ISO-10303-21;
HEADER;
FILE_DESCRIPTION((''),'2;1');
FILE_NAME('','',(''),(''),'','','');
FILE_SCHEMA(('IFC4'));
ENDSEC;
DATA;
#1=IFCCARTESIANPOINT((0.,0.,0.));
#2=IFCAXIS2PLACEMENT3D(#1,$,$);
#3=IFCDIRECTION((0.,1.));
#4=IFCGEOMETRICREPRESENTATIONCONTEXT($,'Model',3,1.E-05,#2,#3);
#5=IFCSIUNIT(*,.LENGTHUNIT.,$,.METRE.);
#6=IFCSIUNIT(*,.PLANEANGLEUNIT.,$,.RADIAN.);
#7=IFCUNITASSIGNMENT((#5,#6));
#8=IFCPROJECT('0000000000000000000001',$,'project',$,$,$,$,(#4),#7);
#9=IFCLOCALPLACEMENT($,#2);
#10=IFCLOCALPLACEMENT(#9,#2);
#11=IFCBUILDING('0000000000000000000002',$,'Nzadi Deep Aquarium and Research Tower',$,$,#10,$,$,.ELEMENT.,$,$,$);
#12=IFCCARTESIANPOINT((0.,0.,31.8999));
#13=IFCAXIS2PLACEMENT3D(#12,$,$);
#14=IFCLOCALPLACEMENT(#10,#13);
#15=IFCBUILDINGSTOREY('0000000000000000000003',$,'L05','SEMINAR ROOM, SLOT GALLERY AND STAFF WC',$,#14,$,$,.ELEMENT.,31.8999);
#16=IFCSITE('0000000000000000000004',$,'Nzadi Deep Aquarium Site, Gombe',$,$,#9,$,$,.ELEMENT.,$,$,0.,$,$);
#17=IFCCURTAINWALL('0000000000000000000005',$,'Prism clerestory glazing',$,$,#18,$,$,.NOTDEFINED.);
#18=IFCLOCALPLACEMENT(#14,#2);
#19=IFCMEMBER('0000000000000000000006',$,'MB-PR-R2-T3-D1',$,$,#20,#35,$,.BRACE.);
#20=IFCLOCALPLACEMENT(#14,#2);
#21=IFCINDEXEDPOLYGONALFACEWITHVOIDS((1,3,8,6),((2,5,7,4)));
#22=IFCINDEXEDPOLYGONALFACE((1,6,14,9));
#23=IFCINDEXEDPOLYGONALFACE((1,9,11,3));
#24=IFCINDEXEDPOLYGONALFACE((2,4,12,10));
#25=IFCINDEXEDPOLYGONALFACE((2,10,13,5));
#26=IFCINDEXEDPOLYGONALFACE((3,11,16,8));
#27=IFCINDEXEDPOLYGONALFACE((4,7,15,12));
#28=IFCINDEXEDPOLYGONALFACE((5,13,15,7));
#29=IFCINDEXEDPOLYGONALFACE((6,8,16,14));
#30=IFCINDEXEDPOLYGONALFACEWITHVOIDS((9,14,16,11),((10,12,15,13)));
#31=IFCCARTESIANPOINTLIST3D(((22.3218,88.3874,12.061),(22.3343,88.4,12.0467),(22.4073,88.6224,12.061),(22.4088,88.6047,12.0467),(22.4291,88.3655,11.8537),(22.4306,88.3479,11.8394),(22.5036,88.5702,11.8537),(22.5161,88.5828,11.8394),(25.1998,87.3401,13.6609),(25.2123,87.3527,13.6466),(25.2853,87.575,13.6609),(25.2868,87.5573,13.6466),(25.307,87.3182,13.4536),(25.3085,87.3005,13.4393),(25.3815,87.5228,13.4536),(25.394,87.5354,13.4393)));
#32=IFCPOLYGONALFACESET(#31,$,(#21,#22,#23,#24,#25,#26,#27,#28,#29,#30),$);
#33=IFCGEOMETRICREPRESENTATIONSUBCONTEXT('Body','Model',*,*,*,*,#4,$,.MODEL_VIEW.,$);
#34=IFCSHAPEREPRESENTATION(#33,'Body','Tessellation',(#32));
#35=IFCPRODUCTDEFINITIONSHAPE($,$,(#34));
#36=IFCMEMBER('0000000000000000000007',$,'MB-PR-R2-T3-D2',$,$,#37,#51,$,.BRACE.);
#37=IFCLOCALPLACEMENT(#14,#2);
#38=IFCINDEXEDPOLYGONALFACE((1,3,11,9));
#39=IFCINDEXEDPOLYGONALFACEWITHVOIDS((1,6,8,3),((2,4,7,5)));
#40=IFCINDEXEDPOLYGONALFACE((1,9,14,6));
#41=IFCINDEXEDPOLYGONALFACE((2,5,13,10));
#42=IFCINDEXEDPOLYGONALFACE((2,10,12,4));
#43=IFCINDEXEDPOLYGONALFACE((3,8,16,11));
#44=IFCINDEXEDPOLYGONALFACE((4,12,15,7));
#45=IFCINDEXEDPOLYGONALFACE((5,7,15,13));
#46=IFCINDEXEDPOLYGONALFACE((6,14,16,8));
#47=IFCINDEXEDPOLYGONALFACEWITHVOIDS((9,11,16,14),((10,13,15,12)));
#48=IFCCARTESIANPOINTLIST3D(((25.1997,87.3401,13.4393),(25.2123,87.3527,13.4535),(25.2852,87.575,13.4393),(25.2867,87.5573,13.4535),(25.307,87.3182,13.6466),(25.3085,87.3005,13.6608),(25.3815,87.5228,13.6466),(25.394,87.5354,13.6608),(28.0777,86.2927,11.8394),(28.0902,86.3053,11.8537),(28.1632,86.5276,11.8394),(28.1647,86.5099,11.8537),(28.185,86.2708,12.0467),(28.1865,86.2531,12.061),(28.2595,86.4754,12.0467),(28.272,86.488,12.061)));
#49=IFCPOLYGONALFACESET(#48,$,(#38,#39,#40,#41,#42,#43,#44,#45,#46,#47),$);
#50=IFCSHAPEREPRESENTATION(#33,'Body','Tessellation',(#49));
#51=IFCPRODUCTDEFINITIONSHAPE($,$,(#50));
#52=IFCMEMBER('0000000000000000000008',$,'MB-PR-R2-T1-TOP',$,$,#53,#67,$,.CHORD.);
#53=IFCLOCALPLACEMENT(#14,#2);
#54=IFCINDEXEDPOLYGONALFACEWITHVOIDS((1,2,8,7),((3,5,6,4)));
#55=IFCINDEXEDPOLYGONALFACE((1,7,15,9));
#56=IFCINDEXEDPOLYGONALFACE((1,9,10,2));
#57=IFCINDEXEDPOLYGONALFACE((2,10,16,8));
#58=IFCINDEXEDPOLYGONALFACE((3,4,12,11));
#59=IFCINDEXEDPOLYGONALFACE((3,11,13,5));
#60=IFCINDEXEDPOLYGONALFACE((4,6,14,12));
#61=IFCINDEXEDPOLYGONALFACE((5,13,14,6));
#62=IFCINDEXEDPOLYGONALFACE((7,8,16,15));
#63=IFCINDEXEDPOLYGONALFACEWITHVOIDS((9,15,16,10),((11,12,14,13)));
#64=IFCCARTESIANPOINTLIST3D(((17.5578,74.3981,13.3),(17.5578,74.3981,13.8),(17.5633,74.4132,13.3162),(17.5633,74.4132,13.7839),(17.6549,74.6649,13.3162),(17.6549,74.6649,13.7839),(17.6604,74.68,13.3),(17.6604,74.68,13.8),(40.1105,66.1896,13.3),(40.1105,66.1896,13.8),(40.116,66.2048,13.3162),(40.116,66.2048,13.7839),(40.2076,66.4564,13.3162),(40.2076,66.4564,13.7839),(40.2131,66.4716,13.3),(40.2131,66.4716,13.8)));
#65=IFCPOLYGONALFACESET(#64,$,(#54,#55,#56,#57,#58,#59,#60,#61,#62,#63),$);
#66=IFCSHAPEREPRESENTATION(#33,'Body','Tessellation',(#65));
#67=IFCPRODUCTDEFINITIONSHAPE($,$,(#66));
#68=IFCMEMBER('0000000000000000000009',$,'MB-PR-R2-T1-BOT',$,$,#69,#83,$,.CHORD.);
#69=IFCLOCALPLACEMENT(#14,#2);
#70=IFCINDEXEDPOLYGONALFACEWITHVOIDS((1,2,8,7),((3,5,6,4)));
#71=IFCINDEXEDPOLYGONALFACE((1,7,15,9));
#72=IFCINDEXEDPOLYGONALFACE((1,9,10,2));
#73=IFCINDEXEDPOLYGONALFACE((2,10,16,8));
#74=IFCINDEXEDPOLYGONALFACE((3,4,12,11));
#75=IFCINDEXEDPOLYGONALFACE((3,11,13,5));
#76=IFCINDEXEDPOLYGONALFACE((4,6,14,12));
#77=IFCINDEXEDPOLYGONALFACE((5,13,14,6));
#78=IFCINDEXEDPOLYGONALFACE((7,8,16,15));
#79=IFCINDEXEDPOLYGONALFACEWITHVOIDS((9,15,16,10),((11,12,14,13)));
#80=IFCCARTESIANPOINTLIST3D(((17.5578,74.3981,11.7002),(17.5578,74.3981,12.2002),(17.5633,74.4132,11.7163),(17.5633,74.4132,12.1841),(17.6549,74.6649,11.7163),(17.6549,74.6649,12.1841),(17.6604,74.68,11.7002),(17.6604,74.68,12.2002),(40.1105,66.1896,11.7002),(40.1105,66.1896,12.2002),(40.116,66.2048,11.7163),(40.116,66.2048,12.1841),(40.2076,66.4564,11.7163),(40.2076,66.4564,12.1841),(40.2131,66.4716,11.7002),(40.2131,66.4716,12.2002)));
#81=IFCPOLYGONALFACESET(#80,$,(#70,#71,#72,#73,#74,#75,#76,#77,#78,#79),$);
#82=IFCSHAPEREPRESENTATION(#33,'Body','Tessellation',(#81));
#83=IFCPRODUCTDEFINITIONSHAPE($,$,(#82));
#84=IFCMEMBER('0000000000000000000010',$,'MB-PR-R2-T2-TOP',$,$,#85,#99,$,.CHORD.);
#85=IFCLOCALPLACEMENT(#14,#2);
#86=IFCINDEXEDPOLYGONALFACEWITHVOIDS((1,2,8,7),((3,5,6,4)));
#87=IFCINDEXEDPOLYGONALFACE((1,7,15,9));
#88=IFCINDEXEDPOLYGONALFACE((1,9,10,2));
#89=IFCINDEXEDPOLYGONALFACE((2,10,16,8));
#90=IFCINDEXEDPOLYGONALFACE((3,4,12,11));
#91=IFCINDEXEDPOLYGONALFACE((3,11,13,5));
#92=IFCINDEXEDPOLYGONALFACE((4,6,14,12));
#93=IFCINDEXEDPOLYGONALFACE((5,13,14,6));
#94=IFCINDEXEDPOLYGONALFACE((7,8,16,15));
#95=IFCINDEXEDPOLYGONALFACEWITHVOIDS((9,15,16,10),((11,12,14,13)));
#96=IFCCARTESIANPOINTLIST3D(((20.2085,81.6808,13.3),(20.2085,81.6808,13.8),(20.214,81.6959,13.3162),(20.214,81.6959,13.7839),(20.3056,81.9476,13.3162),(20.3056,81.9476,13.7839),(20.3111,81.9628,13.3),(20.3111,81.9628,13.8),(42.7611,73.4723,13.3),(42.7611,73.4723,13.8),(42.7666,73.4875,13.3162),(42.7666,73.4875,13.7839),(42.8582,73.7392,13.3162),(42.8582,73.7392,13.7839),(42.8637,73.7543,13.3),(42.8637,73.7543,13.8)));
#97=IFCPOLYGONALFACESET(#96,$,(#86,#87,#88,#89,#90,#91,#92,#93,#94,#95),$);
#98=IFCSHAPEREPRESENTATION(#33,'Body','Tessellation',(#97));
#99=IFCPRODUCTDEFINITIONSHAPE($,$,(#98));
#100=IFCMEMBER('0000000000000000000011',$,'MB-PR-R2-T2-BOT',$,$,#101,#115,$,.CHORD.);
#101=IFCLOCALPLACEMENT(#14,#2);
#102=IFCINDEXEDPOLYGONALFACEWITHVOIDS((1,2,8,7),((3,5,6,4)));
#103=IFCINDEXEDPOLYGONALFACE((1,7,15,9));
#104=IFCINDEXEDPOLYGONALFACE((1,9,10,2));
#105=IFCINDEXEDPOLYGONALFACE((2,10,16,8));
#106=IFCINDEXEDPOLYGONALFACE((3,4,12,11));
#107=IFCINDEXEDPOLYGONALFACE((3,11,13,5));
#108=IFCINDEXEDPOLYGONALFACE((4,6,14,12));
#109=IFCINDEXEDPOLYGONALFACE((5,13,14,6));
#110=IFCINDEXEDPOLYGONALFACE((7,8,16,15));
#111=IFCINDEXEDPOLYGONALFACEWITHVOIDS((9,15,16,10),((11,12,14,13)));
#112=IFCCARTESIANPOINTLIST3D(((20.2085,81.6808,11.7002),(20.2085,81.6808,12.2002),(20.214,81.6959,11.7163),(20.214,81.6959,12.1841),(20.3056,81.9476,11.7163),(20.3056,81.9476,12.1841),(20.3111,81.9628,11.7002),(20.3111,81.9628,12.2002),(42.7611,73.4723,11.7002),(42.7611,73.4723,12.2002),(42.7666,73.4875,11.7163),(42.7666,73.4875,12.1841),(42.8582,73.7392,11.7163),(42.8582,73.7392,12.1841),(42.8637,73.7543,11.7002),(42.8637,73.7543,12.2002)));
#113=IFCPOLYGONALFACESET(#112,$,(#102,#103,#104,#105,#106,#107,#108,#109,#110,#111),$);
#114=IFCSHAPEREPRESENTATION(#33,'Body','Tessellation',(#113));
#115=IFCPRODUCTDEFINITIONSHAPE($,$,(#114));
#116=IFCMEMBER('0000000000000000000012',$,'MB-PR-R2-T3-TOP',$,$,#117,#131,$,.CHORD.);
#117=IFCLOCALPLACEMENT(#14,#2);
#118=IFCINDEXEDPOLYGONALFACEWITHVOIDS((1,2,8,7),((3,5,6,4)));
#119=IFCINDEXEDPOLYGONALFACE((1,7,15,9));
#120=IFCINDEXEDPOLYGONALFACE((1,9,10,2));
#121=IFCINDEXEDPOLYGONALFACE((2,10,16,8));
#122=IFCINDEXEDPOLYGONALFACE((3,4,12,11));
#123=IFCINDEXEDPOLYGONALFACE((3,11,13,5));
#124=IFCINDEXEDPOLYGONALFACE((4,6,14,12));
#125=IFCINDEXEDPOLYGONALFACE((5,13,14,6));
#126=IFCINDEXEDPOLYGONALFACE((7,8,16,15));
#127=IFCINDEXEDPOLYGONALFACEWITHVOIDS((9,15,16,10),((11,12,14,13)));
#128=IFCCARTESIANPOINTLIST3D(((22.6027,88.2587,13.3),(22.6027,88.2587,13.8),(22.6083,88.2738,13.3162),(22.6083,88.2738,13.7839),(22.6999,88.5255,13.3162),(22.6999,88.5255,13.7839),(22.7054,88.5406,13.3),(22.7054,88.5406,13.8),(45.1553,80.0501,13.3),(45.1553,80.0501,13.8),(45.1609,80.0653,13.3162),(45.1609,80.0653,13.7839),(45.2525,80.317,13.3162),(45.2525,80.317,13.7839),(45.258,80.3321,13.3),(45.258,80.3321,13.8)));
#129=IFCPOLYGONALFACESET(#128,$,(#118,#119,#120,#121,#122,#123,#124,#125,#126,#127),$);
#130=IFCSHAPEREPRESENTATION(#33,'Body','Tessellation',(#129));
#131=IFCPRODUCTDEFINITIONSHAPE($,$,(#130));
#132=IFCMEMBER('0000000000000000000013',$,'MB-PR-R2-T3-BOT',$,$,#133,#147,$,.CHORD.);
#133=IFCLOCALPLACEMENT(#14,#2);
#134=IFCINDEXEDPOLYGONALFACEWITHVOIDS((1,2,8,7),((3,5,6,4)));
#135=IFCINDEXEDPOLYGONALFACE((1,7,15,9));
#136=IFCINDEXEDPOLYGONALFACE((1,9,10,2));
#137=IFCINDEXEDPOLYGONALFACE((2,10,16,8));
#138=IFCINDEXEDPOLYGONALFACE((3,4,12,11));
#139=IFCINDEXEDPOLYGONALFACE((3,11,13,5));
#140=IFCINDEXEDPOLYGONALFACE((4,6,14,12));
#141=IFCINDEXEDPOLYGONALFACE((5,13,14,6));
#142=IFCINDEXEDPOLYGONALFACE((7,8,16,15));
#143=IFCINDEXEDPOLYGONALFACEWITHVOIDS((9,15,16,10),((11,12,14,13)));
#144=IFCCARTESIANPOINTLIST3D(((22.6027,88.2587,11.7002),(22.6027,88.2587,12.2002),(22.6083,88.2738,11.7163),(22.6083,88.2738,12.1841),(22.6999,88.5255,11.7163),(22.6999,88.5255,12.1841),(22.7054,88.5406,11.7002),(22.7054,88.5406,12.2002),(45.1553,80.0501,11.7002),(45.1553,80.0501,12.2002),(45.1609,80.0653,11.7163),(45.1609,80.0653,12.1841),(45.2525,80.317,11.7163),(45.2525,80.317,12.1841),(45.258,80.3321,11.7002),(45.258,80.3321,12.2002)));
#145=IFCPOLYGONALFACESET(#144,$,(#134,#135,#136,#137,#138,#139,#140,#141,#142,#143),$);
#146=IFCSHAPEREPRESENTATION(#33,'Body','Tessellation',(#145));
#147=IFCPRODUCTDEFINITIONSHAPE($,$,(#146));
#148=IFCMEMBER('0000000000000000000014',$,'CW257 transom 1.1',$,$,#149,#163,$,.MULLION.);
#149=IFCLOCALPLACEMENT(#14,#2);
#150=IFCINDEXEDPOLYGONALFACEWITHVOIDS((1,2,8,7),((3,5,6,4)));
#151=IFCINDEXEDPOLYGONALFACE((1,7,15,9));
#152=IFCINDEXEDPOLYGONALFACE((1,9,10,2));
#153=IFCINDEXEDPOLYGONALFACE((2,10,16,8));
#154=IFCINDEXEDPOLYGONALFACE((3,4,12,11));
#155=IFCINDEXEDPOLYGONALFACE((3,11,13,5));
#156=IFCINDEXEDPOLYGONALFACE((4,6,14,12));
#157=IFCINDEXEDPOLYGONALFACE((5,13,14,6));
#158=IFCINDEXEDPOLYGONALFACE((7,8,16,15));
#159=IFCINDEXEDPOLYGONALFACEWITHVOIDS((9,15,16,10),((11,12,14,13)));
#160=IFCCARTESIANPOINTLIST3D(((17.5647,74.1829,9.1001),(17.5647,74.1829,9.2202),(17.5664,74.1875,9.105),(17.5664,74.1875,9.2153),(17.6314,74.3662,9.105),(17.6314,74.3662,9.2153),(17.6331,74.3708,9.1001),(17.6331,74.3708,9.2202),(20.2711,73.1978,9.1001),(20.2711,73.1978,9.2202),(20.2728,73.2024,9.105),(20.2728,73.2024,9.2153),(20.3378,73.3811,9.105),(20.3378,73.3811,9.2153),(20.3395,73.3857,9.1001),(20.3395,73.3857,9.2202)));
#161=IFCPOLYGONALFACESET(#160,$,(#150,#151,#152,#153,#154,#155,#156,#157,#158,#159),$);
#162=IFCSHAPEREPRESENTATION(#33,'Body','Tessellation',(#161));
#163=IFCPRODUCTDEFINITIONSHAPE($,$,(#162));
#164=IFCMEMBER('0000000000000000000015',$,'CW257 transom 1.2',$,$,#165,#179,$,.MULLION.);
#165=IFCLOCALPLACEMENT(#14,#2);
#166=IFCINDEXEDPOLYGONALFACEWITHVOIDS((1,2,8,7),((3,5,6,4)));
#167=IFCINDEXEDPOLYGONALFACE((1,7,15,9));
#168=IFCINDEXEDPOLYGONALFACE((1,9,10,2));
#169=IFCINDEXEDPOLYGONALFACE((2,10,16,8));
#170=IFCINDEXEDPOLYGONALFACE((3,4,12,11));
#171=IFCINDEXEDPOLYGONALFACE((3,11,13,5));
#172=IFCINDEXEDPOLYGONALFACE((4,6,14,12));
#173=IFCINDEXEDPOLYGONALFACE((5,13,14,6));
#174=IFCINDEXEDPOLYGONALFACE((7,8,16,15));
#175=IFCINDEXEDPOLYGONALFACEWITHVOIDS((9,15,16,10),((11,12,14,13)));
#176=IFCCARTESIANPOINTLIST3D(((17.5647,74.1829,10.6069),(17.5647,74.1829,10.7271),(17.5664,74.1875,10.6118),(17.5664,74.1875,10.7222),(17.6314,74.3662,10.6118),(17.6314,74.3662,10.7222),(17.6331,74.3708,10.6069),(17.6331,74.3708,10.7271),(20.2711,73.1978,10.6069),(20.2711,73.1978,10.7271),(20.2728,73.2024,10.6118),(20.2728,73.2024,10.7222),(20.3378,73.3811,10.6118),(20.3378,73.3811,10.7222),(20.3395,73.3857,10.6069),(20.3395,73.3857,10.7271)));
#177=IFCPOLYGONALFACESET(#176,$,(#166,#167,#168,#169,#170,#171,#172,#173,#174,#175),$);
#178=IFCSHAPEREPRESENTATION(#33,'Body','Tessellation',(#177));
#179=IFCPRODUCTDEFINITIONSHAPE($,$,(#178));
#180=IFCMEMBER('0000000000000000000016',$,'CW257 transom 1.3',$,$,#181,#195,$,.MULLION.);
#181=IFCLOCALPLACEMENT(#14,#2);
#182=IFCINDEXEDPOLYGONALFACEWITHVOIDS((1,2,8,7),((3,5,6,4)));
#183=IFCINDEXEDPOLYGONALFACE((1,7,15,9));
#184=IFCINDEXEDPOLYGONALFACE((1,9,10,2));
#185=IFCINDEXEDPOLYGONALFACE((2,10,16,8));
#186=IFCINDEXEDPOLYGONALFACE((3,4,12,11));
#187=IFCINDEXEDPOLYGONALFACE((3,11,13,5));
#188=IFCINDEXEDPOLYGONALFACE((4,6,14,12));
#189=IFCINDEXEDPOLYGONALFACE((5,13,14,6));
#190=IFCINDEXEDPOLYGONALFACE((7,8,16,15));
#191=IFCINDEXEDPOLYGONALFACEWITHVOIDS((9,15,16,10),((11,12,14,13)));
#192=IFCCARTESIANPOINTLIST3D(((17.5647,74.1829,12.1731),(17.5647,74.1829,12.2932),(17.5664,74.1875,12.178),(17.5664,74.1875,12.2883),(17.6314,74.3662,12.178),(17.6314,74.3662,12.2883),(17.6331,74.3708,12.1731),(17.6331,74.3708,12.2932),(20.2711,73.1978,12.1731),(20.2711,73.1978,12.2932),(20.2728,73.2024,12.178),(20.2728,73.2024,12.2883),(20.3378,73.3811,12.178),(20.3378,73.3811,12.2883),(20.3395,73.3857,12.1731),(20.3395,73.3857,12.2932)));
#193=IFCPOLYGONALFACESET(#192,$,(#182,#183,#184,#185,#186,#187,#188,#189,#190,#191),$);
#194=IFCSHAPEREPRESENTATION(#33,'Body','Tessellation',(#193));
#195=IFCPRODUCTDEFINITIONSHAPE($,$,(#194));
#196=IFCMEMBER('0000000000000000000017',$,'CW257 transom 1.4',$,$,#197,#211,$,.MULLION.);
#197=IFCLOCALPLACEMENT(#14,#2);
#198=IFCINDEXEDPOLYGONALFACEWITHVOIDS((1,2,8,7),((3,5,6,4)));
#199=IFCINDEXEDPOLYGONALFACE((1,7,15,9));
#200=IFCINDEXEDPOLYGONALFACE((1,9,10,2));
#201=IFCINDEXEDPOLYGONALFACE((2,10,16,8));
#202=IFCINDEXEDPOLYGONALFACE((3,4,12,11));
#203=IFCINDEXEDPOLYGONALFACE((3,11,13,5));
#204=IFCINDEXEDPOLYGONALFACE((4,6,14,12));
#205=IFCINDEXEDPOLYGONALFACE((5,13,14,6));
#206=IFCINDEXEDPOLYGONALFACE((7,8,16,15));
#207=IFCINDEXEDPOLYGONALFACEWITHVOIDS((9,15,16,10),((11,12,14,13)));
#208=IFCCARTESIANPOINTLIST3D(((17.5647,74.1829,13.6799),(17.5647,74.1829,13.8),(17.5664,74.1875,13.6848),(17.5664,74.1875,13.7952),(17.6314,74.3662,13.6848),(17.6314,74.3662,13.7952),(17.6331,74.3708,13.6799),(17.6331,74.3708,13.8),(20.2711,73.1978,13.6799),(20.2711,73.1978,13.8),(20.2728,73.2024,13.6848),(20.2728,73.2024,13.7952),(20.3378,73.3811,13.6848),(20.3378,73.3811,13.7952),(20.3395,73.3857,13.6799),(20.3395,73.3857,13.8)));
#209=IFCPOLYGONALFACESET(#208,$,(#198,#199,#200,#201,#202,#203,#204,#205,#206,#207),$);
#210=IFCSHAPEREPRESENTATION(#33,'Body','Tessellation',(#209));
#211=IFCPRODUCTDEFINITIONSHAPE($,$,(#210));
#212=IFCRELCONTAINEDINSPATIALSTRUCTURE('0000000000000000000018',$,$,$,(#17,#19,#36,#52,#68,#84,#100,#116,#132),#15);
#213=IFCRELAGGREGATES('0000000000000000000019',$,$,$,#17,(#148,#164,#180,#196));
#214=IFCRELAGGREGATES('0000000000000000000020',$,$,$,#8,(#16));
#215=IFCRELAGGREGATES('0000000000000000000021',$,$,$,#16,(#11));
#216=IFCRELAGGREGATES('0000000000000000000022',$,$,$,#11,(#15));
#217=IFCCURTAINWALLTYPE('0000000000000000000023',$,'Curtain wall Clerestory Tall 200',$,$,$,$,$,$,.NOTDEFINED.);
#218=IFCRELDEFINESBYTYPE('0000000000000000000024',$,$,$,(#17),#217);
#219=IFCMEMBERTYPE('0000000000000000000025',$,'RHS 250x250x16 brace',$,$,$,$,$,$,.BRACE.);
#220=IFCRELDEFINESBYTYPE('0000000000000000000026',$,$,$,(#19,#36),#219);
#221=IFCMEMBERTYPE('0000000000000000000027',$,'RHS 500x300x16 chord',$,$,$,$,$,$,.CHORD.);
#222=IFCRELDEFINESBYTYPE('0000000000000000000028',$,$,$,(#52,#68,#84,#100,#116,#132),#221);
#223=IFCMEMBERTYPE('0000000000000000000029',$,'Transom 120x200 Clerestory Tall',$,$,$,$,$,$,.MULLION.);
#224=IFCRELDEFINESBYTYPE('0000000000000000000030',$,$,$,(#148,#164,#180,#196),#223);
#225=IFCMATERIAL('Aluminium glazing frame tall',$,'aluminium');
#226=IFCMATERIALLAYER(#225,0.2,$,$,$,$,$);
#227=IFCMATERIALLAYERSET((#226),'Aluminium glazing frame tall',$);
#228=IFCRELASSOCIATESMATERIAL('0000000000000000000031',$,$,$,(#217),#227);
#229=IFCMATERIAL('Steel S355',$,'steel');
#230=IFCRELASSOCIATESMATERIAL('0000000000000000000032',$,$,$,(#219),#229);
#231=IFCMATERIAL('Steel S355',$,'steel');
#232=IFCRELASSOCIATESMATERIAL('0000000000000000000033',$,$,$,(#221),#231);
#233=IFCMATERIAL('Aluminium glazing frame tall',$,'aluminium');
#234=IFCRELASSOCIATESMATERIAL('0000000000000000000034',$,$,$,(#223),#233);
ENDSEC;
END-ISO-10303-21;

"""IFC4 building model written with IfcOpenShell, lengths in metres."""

from ifc_helpers import new_model, si_unit, direction, frame, origin, origin_2d, place, context, subcontext, project, spatial, hollow_rectangle, extrude, material, layer, layer_set, material_profile, profile_set, type_object, element, aggregate, save


model = new_model("IFC4")

# Units and contexts
model_context = context("Model", 3, precision=1e-05, world=origin(), true_north=direction((0.0, 1.0)))
body_context = subcontext(model_context, "Body", "Model", "MODEL_VIEW")
ifc_project = project(units=[si_unit("LENGTHUNIT", "METRE"), si_unit("PLANEANGLEUNIT", "RADIAN")], contexts=[model_context])

# Site, building, storey
site_placement = place(None, origin())
site = spatial("IfcSite", under=ifc_project, at=site_placement, Name="Nzadi Deep Aquarium Site, Gombe", CompositionType="ELEMENT", RefElevation=0.0)
building_placement = place(site_placement, origin())
building = spatial("IfcBuilding", under=site, at=building_placement, Name="Nzadi Deep Aquarium and Research Tower", CompositionType="ELEMENT")
storey_placement = place(building_placement, frame((0.0, 0.0, 31.8999)))
storey = spatial("IfcBuildingStorey", under=building, at=storey_placement, Name="L05", Description="SEMINAR ROOM, SLOT GALLERY AND STAFF WC", CompositionType="ELEMENT", Elevation=31.8999)

# Curtain wall
ifc_material_1 = material(Name="Aluminium glazing frame tall", Category="aluminium")
ifc_layer_1 = layer(ifc_material_1, 0.2)
ifc_layer_set_1 = layer_set([ifc_layer_1], Name="Aluminium glazing frame tall")
curtain_wall_type = type_object("IfcCurtainWallType", Name="Curtain wall Clerestory Tall 200", PredefinedType="NOTDEFINED", material=ifc_layer_set_1)
curtain_wall_placement = place(storey_placement, origin())
curtain_wall = element("IfcCurtainWall", 1, at=curtain_wall_placement, inside=storey, type_object=curtain_wall_type, Name="Prism clerestory glazing", PredefinedType="NOTDEFINED")

# Members
ifc_material_2 = material(Name="Steel S355", Category="steel")
ifc_material_profile_1 = material_profile(ifc_material_2, hollow_rectangle(XDim=0.25, YDim=0.25, WallThickness=0.0161, at=origin_2d()))
ifc_profile_set_1 = profile_set([ifc_material_profile_1], Name="Steel S355")
member_type_1 = type_object("IfcMemberType", Name="RHS 250x250x16 brace", PredefinedType="BRACE", material=ifc_profile_set_1)
for number, where, z_axis, x_axis, name in (
    (2, (22.4189, 88.4851, 11.9502), (0.832907, -0.303119, 0.463017), (0.341986, 0.939705, 0.0), "MB-PR-R2-T3-D1"),
    (3, (25.2969, 87.4377, 13.55), (0.832907, -0.303119, -0.463017), (0.341986, 0.939705, 0.0), "MB-PR-R2-T3-D2"),
):
    element("IfcMember", number, at=place(storey_placement, frame(where, z_axis=z_axis, x_axis=x_axis)), inside=storey, type_object=member_type_1, Name=name, PredefinedType="BRACE", context=body_context, shape_type="SweptSolid", body=[
        extrude(hollow_rectangle(XDim=0.25, YDim=0.25, WallThickness=0.0161, at=origin_2d()), origin(), (0.0, 0.0, 1.0), 3.4553),
    ])
ifc_material_3 = material(Name="Steel S355", Category="steel")
ifc_material_profile_2 = material_profile(ifc_material_3, hollow_rectangle(XDim=0.3, YDim=0.5, WallThickness=0.0161, at=origin_2d()))
ifc_profile_set_2 = profile_set([ifc_material_profile_2], Name="Steel S355")
member_type_2 = type_object("IfcMemberType", Name="RHS 500x300x16 chord", PredefinedType="CHORD", material=ifc_profile_set_2)
for number, where, z_axis, x_axis, name in (
    (4, (17.6091, 74.5391, 13.55), (0.939693, -0.342019, 0.0), (0.342019, 0.939693, 0.0), "MB-PR-R2-T1-TOP"),
    (5, (17.6091, 74.5391, 11.9502), (0.939693, -0.342019, 0.0), (0.342019, 0.939693, 0.0), "MB-PR-R2-T1-BOT"),
    (6, (20.2598, 81.8218, 13.55), (0.939693, -0.342019, 0.0), (0.342019, 0.939693, 0.0), "MB-PR-R2-T2-TOP"),
    (7, (20.2598, 81.8218, 11.9502), (0.939693, -0.342019, 0.0), (0.342019, 0.939693, 0.0), "MB-PR-R2-T2-BOT"),
    (8, (22.6541, 88.3997, 13.55), (0.939692, -0.342022, 0.0), (0.342022, 0.939692, 0.0), "MB-PR-R2-T3-TOP"),
    (9, (22.6541, 88.3997, 11.9502), (0.939692, -0.342022, 0.0), (0.342022, 0.939692, 0.0), "MB-PR-R2-T3-BOT"),
):
    element("IfcMember", number, at=place(storey_placement, frame(where, z_axis=z_axis, x_axis=x_axis)), inside=storey, type_object=member_type_2, Name=name, PredefinedType="CHORD", context=body_context, shape_type="SweptSolid", body=[
        extrude(hollow_rectangle(XDim=0.3, YDim=0.5, WallThickness=0.0161, at=origin_2d()), origin(), (0.0, 0.0, 1.0), 24.0),
    ])

# Members
ifc_material_4 = material(Name="Aluminium glazing frame tall", Category="aluminium")
ifc_material_profile_3 = material_profile(ifc_material_4, hollow_rectangle(XDim=0.2, YDim=0.1201, WallThickness=0.0049, at=origin_2d()))
ifc_profile_set_3 = profile_set([ifc_material_profile_3], Name="Aluminium glazing frame tall")
member_type_3 = type_object("IfcMemberType", Name="Transom 120x200 Clerestory Tall", PredefinedType="MULLION", material=ifc_profile_set_3)
member_1_placement = place(storey_placement, frame((17.5989, 74.2769, 9.1602), z_axis=(0.939682, -0.342049, 0.0), x_axis=(0.342049, 0.939682, 0.0)))
member_1 = element("IfcMember", 10, at=member_1_placement, type_object=member_type_3, Name="CW257 transom 1.1", PredefinedType="MULLION", context=body_context, shape_type="SweptSolid", body=[
    extrude(hollow_rectangle(XDim=0.2, YDim=0.1201, WallThickness=0.0049, at=origin_2d()), origin(), (0.0, 0.0, 1.0), 2.8801),
])
member_2_placement = place(storey_placement, frame((17.5989, 74.2769, 10.667), z_axis=(0.939682, -0.342049, 0.0), x_axis=(0.342049, 0.939682, 0.0)))
member_2 = element("IfcMember", 11, at=member_2_placement, type_object=member_type_3, Name="CW257 transom 1.2", PredefinedType="MULLION", context=body_context, shape_type="SweptSolid", body=[
    extrude(hollow_rectangle(XDim=0.2, YDim=0.1201, WallThickness=0.0049, at=origin_2d()), origin(), (0.0, 0.0, 1.0), 2.8801),
])
member_3_placement = place(storey_placement, frame((17.5989, 74.2769, 12.2332), z_axis=(0.939682, -0.342049, 0.0), x_axis=(0.342049, 0.939682, 0.0)))
member_3 = element("IfcMember", 12, at=member_3_placement, type_object=member_type_3, Name="CW257 transom 1.3", PredefinedType="MULLION", context=body_context, shape_type="SweptSolid", body=[
    extrude(hollow_rectangle(XDim=0.2, YDim=0.1201, WallThickness=0.0049, at=origin_2d()), origin(), (0.0, 0.0, 1.0), 2.8801),
])
member_4_placement = place(storey_placement, frame((17.5989, 74.2769, 13.74), z_axis=(0.939682, -0.342049, 0.0), x_axis=(0.342049, 0.939682, 0.0)))
member_4 = element("IfcMember", 13, at=member_4_placement, type_object=member_type_3, Name="CW257 transom 1.4", PredefinedType="MULLION", context=body_context, shape_type="SweptSolid", body=[
    extrude(hollow_rectangle(XDim=0.2, YDim=0.1201, WallThickness=0.0049, at=origin_2d()), origin(), (0.0, 0.0, 1.0), 2.8801),
])

aggregate(curtain_wall, [member_1, member_2, member_3, member_4])

save(model, "model.ifc")
